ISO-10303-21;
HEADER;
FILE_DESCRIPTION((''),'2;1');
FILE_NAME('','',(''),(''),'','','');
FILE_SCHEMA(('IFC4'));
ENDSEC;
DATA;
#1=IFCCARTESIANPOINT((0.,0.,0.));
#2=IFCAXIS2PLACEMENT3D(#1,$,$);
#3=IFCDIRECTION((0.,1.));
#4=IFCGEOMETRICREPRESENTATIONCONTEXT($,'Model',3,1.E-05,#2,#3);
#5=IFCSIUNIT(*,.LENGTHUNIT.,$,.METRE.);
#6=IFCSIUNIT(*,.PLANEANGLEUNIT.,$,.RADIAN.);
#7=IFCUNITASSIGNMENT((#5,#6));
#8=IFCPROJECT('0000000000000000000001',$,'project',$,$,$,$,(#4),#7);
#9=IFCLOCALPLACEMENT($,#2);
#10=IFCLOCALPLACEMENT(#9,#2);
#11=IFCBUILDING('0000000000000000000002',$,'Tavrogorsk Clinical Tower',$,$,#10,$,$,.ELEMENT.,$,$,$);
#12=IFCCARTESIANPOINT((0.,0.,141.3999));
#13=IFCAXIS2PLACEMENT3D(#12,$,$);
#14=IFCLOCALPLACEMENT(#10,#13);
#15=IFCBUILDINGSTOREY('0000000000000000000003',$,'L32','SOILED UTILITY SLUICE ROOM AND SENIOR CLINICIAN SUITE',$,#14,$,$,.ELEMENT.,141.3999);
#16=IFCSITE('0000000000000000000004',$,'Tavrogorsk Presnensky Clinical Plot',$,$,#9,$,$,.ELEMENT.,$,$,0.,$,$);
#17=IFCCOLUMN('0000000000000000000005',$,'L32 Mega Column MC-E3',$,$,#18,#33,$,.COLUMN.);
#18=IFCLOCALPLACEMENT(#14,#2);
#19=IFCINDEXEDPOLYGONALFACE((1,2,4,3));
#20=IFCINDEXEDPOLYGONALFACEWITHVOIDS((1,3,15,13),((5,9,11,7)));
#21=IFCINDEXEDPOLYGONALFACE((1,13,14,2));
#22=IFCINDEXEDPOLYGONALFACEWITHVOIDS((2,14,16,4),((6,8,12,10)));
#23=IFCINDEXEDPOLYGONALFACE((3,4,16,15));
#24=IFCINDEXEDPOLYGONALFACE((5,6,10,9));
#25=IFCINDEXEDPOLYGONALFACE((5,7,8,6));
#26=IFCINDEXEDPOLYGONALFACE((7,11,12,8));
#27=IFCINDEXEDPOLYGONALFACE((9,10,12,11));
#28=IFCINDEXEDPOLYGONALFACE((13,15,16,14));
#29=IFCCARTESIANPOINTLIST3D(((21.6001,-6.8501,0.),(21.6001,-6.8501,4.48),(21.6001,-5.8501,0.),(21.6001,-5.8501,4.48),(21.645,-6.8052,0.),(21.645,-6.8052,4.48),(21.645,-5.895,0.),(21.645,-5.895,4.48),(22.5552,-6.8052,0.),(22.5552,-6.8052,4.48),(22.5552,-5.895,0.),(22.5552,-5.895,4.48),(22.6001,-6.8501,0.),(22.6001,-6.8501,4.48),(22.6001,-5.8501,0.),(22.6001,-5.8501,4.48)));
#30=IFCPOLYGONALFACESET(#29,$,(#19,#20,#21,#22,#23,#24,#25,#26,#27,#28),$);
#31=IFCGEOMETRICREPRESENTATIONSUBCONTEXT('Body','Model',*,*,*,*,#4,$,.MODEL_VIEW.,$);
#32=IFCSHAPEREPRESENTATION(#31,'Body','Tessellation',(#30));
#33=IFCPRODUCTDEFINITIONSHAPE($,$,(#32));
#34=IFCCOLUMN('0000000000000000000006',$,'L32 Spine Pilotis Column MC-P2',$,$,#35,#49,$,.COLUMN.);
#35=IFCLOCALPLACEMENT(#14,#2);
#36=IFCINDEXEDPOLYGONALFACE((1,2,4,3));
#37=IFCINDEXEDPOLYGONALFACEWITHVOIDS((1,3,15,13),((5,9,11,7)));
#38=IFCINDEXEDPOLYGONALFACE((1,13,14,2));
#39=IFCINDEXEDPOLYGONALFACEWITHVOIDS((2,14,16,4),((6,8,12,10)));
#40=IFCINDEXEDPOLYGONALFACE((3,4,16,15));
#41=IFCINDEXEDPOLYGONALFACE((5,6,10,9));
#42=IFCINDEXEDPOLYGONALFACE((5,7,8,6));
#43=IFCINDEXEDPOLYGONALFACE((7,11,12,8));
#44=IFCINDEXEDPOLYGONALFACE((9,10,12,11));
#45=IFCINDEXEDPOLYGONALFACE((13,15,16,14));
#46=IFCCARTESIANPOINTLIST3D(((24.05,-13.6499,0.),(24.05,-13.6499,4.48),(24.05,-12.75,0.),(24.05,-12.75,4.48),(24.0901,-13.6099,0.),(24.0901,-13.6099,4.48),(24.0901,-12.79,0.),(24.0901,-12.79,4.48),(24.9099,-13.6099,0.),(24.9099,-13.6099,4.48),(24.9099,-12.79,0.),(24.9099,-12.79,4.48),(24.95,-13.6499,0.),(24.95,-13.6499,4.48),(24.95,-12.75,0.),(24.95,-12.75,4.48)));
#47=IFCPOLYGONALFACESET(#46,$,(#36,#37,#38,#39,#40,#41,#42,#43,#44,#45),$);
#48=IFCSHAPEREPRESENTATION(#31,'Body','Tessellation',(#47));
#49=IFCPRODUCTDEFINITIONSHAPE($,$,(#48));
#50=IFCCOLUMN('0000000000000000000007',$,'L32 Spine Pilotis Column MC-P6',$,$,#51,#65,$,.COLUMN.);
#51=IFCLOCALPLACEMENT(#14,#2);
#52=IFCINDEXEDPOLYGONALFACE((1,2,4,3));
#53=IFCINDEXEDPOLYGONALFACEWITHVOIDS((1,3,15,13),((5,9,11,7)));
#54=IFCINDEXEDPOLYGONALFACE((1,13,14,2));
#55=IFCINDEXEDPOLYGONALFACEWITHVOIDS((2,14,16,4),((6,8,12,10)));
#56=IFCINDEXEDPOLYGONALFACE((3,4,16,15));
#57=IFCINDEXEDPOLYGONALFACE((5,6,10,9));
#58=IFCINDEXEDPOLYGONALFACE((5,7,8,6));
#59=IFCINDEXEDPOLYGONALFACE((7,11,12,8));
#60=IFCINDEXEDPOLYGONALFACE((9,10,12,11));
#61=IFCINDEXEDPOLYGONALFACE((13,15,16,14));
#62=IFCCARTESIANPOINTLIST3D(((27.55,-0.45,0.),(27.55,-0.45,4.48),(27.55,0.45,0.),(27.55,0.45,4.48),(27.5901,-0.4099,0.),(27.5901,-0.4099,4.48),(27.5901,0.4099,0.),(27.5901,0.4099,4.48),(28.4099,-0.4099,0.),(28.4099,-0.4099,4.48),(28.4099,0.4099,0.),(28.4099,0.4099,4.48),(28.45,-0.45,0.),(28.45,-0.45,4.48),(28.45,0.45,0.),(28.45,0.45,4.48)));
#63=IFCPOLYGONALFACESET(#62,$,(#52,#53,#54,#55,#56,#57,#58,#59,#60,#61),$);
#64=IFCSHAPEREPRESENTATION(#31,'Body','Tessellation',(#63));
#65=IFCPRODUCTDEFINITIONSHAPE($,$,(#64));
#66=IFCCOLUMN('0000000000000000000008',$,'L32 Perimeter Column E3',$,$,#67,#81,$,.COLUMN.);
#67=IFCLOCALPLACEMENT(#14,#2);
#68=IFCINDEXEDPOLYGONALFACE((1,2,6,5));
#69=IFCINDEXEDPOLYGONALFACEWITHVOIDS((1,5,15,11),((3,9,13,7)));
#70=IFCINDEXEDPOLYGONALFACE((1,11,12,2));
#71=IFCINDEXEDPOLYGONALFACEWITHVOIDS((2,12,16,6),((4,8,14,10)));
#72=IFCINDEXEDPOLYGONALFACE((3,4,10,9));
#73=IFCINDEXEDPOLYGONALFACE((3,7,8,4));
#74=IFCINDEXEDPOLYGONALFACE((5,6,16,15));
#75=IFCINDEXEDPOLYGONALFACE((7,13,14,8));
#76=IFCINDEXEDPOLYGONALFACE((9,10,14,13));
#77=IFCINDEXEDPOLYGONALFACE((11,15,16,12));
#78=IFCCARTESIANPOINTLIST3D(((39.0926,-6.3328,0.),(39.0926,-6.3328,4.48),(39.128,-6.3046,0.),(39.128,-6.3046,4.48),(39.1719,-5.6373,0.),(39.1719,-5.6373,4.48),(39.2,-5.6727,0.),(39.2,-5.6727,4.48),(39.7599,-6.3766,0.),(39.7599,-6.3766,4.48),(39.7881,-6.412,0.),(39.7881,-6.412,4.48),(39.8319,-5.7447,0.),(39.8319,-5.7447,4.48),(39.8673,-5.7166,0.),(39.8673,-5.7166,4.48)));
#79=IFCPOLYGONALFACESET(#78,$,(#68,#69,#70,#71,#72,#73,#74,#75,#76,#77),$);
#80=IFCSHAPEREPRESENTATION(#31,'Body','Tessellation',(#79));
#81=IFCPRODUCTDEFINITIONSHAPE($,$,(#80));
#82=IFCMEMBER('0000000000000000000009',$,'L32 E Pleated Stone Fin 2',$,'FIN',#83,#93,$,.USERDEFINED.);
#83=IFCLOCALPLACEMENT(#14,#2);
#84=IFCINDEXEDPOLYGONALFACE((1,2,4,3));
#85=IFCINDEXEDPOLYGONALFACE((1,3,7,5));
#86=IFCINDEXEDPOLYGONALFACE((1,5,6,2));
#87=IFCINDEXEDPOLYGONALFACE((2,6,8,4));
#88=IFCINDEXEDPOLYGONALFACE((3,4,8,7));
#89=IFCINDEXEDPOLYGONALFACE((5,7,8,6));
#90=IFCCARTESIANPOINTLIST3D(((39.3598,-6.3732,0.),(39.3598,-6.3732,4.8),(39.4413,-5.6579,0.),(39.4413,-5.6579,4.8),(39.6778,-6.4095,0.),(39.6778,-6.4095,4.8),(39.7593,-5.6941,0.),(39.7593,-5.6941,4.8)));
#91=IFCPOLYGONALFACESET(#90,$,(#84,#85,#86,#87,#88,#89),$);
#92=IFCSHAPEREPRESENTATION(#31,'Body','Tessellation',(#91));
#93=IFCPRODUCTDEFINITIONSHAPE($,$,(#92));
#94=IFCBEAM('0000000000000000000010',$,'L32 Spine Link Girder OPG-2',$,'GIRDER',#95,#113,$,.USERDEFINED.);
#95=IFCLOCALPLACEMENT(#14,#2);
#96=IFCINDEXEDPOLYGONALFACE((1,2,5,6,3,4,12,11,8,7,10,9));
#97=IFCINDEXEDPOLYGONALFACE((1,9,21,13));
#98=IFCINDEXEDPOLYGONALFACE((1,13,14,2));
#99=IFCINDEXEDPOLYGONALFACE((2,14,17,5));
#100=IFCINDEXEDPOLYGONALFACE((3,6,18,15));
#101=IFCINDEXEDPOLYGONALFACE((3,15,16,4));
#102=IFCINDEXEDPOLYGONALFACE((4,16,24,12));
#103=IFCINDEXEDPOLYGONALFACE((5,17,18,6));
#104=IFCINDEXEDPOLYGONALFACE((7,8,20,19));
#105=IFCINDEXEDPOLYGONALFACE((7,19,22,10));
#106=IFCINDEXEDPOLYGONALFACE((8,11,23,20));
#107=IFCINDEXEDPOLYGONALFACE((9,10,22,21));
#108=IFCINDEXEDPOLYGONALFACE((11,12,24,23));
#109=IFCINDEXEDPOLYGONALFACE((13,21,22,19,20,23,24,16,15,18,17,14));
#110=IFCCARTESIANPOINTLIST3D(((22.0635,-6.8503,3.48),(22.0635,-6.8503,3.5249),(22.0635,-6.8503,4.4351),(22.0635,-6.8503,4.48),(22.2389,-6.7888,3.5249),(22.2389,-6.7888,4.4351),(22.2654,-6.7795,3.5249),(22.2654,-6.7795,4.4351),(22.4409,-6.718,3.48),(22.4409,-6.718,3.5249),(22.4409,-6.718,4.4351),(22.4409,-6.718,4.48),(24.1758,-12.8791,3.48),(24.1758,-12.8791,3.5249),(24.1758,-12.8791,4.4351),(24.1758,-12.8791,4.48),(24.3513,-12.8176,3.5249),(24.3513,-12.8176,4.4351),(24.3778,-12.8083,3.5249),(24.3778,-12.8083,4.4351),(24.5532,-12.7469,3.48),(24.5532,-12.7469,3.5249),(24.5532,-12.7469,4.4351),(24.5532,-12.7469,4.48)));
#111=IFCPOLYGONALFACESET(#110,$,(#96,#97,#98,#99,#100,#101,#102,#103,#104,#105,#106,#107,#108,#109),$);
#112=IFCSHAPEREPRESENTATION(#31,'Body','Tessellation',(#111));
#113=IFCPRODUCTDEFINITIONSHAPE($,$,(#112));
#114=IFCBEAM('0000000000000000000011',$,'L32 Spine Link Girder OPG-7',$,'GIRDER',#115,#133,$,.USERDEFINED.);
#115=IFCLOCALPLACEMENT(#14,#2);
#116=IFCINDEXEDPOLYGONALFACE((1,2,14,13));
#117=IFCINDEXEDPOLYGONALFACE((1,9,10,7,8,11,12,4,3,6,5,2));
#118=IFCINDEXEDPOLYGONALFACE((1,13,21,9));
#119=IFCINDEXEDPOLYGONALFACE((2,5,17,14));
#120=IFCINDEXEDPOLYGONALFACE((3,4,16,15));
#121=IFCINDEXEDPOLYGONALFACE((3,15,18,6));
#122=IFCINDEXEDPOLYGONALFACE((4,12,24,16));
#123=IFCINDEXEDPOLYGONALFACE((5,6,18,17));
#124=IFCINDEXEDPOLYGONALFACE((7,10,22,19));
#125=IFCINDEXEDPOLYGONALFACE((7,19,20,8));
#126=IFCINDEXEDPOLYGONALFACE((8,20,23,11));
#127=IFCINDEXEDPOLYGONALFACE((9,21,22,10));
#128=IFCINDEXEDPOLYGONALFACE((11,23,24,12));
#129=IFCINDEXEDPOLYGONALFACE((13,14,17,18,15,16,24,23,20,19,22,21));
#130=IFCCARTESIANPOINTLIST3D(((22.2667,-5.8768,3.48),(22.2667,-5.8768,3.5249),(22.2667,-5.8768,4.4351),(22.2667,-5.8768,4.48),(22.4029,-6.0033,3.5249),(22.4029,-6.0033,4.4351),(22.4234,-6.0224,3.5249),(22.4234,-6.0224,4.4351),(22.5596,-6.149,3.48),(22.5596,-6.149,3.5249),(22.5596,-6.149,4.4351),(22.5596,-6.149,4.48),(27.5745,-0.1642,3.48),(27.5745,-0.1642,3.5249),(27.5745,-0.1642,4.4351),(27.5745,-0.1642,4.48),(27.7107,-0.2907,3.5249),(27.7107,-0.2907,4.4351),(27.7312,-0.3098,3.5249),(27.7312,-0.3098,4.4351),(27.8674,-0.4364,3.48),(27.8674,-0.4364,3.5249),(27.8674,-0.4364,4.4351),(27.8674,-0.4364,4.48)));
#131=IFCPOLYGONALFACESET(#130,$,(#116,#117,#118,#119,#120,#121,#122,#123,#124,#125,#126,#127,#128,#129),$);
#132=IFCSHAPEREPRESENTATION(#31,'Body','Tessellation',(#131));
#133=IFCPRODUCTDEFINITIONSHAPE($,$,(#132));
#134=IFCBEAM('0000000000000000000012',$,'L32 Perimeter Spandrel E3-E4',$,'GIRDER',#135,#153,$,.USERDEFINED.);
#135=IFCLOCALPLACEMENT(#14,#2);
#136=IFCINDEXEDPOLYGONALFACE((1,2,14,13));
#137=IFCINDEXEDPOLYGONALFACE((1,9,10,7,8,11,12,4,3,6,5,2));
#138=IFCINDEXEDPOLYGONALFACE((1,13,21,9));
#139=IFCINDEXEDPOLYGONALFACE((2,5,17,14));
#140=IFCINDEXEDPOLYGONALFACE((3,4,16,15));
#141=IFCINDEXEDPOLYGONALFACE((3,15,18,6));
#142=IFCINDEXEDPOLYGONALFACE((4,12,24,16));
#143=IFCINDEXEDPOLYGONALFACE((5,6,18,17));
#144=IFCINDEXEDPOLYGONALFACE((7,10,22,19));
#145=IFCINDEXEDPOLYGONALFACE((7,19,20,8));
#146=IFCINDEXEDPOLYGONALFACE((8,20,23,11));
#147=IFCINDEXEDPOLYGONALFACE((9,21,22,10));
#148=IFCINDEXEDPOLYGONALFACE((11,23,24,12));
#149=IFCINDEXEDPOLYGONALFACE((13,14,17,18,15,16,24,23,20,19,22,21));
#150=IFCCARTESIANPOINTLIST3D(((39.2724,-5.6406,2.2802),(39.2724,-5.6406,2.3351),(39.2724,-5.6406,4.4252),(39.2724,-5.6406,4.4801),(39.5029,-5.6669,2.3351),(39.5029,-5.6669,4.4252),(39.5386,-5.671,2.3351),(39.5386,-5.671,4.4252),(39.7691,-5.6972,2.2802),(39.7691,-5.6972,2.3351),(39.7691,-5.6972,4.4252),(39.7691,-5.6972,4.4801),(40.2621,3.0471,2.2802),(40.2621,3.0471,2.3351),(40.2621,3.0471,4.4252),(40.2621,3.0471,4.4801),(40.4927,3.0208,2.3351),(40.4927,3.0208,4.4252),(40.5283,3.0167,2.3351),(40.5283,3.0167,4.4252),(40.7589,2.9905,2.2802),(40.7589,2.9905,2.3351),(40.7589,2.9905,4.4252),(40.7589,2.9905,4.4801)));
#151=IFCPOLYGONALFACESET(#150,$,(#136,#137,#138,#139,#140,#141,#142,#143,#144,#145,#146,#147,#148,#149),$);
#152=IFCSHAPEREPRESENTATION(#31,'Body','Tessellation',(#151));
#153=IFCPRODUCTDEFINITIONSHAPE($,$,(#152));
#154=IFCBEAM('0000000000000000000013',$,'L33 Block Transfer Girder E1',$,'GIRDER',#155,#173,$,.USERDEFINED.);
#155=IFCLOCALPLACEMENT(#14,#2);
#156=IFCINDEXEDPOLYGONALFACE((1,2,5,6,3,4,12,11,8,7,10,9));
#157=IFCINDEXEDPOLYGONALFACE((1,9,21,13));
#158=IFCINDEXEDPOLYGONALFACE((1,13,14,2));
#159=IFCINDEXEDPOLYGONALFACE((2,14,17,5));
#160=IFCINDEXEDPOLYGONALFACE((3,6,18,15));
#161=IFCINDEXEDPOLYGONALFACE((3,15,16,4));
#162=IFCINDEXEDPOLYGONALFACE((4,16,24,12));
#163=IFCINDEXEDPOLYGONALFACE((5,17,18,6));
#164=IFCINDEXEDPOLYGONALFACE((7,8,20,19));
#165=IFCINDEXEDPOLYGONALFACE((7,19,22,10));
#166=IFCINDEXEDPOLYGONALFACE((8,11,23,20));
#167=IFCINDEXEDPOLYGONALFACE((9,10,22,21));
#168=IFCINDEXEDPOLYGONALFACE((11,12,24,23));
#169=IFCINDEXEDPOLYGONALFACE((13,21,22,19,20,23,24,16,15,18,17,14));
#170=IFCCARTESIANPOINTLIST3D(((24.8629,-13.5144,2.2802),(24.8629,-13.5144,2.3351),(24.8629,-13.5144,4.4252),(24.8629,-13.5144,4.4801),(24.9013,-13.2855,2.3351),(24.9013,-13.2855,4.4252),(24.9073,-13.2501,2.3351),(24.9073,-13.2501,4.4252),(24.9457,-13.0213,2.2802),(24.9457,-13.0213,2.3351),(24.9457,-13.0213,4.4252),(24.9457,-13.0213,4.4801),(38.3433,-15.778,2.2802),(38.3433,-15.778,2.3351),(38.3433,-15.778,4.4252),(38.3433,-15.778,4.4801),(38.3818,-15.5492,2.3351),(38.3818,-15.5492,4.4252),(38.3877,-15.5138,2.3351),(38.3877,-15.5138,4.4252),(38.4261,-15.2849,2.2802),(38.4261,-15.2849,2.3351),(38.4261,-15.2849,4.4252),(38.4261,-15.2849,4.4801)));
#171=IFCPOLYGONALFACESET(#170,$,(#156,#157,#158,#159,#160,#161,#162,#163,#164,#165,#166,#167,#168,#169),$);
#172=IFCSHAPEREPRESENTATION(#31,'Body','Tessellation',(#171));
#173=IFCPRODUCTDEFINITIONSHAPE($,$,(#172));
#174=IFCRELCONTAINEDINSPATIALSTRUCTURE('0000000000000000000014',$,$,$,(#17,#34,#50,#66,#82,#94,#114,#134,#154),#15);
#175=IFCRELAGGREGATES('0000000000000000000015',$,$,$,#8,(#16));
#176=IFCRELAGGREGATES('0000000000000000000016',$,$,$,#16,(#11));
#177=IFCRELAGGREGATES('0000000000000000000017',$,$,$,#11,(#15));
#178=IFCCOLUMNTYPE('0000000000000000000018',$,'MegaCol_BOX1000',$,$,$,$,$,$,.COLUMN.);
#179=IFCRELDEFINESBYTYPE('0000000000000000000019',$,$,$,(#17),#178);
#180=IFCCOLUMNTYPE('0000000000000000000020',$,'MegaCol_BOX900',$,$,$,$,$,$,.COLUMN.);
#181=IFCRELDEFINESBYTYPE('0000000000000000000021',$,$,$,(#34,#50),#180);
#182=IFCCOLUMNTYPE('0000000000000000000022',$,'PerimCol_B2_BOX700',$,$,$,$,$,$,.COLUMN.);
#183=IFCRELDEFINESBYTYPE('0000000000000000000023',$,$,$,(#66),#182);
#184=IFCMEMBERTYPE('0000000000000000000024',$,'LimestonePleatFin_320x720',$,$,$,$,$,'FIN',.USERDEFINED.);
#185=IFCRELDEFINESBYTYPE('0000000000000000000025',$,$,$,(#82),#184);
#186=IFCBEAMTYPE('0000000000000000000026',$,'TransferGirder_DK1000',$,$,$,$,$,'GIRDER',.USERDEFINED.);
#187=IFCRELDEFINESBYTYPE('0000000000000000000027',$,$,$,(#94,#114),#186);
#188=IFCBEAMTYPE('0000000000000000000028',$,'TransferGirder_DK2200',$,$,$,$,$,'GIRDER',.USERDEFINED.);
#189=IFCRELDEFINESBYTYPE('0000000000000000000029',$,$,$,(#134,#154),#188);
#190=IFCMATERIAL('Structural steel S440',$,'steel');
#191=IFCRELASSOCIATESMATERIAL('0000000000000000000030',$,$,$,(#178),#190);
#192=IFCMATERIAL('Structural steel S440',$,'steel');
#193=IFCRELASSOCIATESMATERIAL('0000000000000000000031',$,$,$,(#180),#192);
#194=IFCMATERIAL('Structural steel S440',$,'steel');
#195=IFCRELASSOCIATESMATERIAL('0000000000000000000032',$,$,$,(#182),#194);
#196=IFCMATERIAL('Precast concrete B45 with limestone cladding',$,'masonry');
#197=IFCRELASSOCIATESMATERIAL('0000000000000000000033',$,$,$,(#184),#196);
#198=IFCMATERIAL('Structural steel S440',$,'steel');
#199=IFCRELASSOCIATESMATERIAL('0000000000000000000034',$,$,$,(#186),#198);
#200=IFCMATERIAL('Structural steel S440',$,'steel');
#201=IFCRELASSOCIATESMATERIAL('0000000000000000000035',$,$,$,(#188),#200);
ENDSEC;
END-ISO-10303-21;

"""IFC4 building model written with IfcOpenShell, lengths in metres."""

from ifc_helpers import new_model, si_unit, direction, frame, origin, origin_2d, place, context, subcontext, project, spatial, rectangle, hollow_rectangle, i_section, extrude, material, material_profile, profile_set, type_object, element, save


model = new_model("IFC4")

# Units and contexts
model_context = context("Model", 3, precision=1e-05, world=origin(), true_north=direction((0.0, 1.0)))
body_context = subcontext(model_context, "Body", "Model", "MODEL_VIEW")
ifc_project = project(units=[si_unit("LENGTHUNIT", "METRE"), si_unit("PLANEANGLEUNIT", "RADIAN")], contexts=[model_context])

# Site, building, storey
site_placement = place(None, origin())
site = spatial("IfcSite", under=ifc_project, at=site_placement, Name="Tavrogorsk Presnensky Clinical Plot", CompositionType="ELEMENT", RefElevation=0.0)
building_placement = place(site_placement, origin())
building = spatial("IfcBuilding", under=site, at=building_placement, Name="Tavrogorsk Clinical Tower", CompositionType="ELEMENT")
storey_placement = place(building_placement, frame((0.0, 0.0, 141.3999)))
storey = spatial("IfcBuildingStorey", under=building, at=storey_placement, Name="L32", Description="SOILED UTILITY SLUICE ROOM AND SENIOR CLINICIAN SUITE", CompositionType="ELEMENT", Elevation=141.3999)

# Columns
ifc_material_1 = material(Name="Structural steel S440", Category="steel")
ifc_material_profile_1 = material_profile(ifc_material_1, hollow_rectangle(XDim=1.0, YDim=1.0, WallThickness=0.0449, at=origin_2d()), Name="BOX-1000x1000x45")
ifc_profile_set_1 = profile_set([ifc_material_profile_1], Name="Structural steel S440")
column_type_1 = type_object("IfcColumnType", Name="MegaCol_BOX1000", PredefinedType="COLUMN", material=ifc_profile_set_1)
column_1_placement = place(storey_placement, frame((22.1001, -6.3501, 0.0), z_axis=(0.0, 0.0, 1.0), x_axis=(1.0, 0.0, 0.0)))
element("IfcColumn", 1, at=column_1_placement, inside=storey, type_object=column_type_1, Name="L32 Mega Column MC-E3", PredefinedType="COLUMN", context=body_context, shape_type="SweptSolid", body=[
    extrude(hollow_rectangle(XDim=1.0, YDim=1.0, WallThickness=0.0449, at=origin_2d()), origin(), (0.0, 0.0, 1.0), 4.48),
])
ifc_material_2 = material(Name="Structural steel S440", Category="steel")
ifc_material_profile_2 = material_profile(ifc_material_2, hollow_rectangle(XDim=0.8999, YDim=0.8999, WallThickness=0.04, at=origin_2d()), Name="BOX-900x900x40")
ifc_profile_set_2 = profile_set([ifc_material_profile_2], Name="Structural steel S440")
column_type_2 = type_object("IfcColumnType", Name="MegaCol_BOX900", PredefinedType="COLUMN", material=ifc_profile_set_2)
for number, where, z_axis, x_axis, name in (
    (2, (24.5, -13.2, 0.0), (0.0, 0.0, 1.0), (1.0, 0.0, 0.0), "L32 Spine Pilotis Column MC-P2"),
    (3, (28.0, 0.0, 0.0), (0.0, 0.0, 1.0), (1.0, 0.0, 0.0), "L32 Spine Pilotis Column MC-P6"),
):
    element("IfcColumn", number, at=place(storey_placement, frame(where, z_axis=z_axis, x_axis=x_axis)), inside=storey, type_object=column_type_2, Name=name, PredefinedType="COLUMN", context=body_context, shape_type="SweptSolid", body=[
        extrude(hollow_rectangle(XDim=0.8999, YDim=0.8999, WallThickness=0.04, at=origin_2d()), origin(), (0.0, 0.0, 1.0), 4.48),
    ])
ifc_material_3 = material(Name="Structural steel S440", Category="steel")
ifc_material_profile_3 = material_profile(ifc_material_3, hollow_rectangle(XDim=0.7, YDim=0.7, WallThickness=0.032, at=origin_2d()), Name="BOX-700x700x32")
ifc_profile_set_3 = profile_set([ifc_material_profile_3], Name="Structural steel S440")
column_type_3 = type_object("IfcColumnType", Name="PerimCol_B2_BOX700", PredefinedType="COLUMN", material=ifc_profile_set_3)
column_2_placement = place(storey_placement, frame((39.48, -6.0247, 0.0), z_axis=(0.0, 0.0, 1.0), x_axis=(0.993572, -0.113203, 0.0)))
element("IfcColumn", 4, at=column_2_placement, inside=storey, type_object=column_type_3, Name="L32 Perimeter Column E3", PredefinedType="COLUMN", context=body_context, shape_type="SweptSolid", body=[
    extrude(hollow_rectangle(XDim=0.7, YDim=0.7, WallThickness=0.032, at=origin_2d()), origin(), (0.0, 0.0, 1.0), 4.48),
])

# Member
ifc_material_4 = material(Name="Precast concrete B45 with limestone cladding", Category="masonry")
ifc_material_profile_4 = material_profile(ifc_material_4, rectangle(XDim=0.3201, YDim=0.72, at=origin_2d()), Name="LIMESTONE-FIN-320x720")
ifc_profile_set_4 = profile_set([ifc_material_profile_4], Name="Precast concrete B45 with limestone cladding")
member_type = type_object("IfcMemberType", Name="LimestonePleatFin_320x720", ElementType="FIN", PredefinedType="USERDEFINED", material=ifc_profile_set_4)
member_placement = place(storey_placement, frame((39.5596, -6.0337, 0.0), z_axis=(0.0, 0.0, 1.0), x_axis=(0.993572, -0.113203, 0.0)))
element("IfcMember", 5, at=member_placement, inside=storey, type_object=member_type, Name="L32 E Pleated Stone Fin 2", ObjectType="FIN", PredefinedType="USERDEFINED", context=body_context, shape_type="SweptSolid", body=[
    extrude(rectangle(XDim=0.3201, YDim=0.72, at=origin_2d()), origin(), (0.0, 0.0, 1.0), 4.8),
])

# Beams
ifc_material_5 = material(Name="Structural steel S440", Category="steel")
ifc_material_profile_5 = material_profile(ifc_material_5, i_section(OverallWidth=0.3999, OverallDepth=1.0, WebThickness=0.0281, FlangeThickness=0.0449, at=origin_2d()), Name="DK-1000x400x28x45")
ifc_profile_set_5 = profile_set([ifc_material_profile_5], Name="Structural steel S440")
beam_type_1 = type_object("IfcBeamType", Name="TransferGirder_DK1000", ElementType="GIRDER", PredefinedType="USERDEFINED", material=ifc_profile_set_5)
beam_1_placement = place(storey_placement, frame((24.3645, -12.813, 3.98), z_axis=(-0.33066, 0.94375, 0.0), x_axis=(-0.94375, -0.33066, 0.0)))
element("IfcBeam", 6, at=beam_1_placement, inside=storey, type_object=beam_type_1, Name="L32 Spine Link Girder OPG-2", ObjectType="GIRDER", PredefinedType="USERDEFINED", context=body_context, shape_type="SweptSolid", body=[
    extrude(i_section(OverallWidth=0.3999, OverallDepth=1.0, WebThickness=0.0281, FlangeThickness=0.0449, at=origin_2d()), origin(), (0.0, 0.0, 1.0), 6.3882),
])
beam_2_placement = place(storey_placement, frame((27.7209, -0.3003, 3.98), z_axis=(-0.680676, -0.732585, 0.0), x_axis=(0.732585, -0.680676, 0.0)))
element("IfcBeam", 7, at=beam_2_placement, inside=storey, type_object=beam_type_1, Name="L32 Spine Link Girder OPG-7", ObjectType="GIRDER", PredefinedType="USERDEFINED", context=body_context, shape_type="SweptSolid", body=[
    extrude(i_section(OverallWidth=0.3999, OverallDepth=1.0, WebThickness=0.0281, FlangeThickness=0.0449, at=origin_2d()), origin(), (0.0, 0.0, 1.0), 7.7979),
])
ifc_material_6 = material(Name="Structural steel S440", Category="steel")
ifc_material_profile_6 = material_profile(ifc_material_6, i_section(OverallWidth=0.5, OverallDepth=2.2, WebThickness=0.0359, FlangeThickness=0.0549, at=origin_2d()), Name="DK-2200x500x36x55")
ifc_profile_set_6 = profile_set([ifc_material_profile_6], Name="Structural steel S440")
beam_type_2 = type_object("IfcBeamType", Name="TransferGirder_DK2200", ElementType="GIRDER", PredefinedType="USERDEFINED", material=ifc_profile_set_6)
beam_3_placement = place(storey_placement, frame((39.5208, -5.6689, 3.3801), z_axis=(0.113192, 0.993573, 0.0), x_axis=(-0.993573, 0.113192, 0.0)))
element("IfcBeam", 8, at=beam_3_placement, inside=storey, type_object=beam_type_2, Name="L32 Perimeter Spandrel E3-E4", ObjectType="GIRDER", PredefinedType="USERDEFINED", context=body_context, shape_type="SweptSolid", body=[
    extrude(i_section(OverallWidth=0.5, OverallDepth=2.2, WebThickness=0.0359, FlangeThickness=0.0549, at=origin_2d()), origin(), (0.0, 0.0, 1.0), 8.7439),
])
beam_4_placement = place(storey_placement, frame((24.9043, -13.2678, 3.3801), z_axis=(0.986192, -0.165604, 0.0), x_axis=(0.165604, 0.986192, 0.0)))
element("IfcBeam", 9, at=beam_4_placement, inside=storey, type_object=beam_type_2, Name="L33 Block Transfer Girder E1", ObjectType="GIRDER", PredefinedType="USERDEFINED", context=body_context, shape_type="SweptSolid", body=[
    extrude(i_section(OverallWidth=0.5, OverallDepth=2.2, WebThickness=0.0359, FlangeThickness=0.0549, at=origin_2d()), origin(), (0.0, 0.0, 1.0), 13.6692),
])

save(model, "model.ifc")
